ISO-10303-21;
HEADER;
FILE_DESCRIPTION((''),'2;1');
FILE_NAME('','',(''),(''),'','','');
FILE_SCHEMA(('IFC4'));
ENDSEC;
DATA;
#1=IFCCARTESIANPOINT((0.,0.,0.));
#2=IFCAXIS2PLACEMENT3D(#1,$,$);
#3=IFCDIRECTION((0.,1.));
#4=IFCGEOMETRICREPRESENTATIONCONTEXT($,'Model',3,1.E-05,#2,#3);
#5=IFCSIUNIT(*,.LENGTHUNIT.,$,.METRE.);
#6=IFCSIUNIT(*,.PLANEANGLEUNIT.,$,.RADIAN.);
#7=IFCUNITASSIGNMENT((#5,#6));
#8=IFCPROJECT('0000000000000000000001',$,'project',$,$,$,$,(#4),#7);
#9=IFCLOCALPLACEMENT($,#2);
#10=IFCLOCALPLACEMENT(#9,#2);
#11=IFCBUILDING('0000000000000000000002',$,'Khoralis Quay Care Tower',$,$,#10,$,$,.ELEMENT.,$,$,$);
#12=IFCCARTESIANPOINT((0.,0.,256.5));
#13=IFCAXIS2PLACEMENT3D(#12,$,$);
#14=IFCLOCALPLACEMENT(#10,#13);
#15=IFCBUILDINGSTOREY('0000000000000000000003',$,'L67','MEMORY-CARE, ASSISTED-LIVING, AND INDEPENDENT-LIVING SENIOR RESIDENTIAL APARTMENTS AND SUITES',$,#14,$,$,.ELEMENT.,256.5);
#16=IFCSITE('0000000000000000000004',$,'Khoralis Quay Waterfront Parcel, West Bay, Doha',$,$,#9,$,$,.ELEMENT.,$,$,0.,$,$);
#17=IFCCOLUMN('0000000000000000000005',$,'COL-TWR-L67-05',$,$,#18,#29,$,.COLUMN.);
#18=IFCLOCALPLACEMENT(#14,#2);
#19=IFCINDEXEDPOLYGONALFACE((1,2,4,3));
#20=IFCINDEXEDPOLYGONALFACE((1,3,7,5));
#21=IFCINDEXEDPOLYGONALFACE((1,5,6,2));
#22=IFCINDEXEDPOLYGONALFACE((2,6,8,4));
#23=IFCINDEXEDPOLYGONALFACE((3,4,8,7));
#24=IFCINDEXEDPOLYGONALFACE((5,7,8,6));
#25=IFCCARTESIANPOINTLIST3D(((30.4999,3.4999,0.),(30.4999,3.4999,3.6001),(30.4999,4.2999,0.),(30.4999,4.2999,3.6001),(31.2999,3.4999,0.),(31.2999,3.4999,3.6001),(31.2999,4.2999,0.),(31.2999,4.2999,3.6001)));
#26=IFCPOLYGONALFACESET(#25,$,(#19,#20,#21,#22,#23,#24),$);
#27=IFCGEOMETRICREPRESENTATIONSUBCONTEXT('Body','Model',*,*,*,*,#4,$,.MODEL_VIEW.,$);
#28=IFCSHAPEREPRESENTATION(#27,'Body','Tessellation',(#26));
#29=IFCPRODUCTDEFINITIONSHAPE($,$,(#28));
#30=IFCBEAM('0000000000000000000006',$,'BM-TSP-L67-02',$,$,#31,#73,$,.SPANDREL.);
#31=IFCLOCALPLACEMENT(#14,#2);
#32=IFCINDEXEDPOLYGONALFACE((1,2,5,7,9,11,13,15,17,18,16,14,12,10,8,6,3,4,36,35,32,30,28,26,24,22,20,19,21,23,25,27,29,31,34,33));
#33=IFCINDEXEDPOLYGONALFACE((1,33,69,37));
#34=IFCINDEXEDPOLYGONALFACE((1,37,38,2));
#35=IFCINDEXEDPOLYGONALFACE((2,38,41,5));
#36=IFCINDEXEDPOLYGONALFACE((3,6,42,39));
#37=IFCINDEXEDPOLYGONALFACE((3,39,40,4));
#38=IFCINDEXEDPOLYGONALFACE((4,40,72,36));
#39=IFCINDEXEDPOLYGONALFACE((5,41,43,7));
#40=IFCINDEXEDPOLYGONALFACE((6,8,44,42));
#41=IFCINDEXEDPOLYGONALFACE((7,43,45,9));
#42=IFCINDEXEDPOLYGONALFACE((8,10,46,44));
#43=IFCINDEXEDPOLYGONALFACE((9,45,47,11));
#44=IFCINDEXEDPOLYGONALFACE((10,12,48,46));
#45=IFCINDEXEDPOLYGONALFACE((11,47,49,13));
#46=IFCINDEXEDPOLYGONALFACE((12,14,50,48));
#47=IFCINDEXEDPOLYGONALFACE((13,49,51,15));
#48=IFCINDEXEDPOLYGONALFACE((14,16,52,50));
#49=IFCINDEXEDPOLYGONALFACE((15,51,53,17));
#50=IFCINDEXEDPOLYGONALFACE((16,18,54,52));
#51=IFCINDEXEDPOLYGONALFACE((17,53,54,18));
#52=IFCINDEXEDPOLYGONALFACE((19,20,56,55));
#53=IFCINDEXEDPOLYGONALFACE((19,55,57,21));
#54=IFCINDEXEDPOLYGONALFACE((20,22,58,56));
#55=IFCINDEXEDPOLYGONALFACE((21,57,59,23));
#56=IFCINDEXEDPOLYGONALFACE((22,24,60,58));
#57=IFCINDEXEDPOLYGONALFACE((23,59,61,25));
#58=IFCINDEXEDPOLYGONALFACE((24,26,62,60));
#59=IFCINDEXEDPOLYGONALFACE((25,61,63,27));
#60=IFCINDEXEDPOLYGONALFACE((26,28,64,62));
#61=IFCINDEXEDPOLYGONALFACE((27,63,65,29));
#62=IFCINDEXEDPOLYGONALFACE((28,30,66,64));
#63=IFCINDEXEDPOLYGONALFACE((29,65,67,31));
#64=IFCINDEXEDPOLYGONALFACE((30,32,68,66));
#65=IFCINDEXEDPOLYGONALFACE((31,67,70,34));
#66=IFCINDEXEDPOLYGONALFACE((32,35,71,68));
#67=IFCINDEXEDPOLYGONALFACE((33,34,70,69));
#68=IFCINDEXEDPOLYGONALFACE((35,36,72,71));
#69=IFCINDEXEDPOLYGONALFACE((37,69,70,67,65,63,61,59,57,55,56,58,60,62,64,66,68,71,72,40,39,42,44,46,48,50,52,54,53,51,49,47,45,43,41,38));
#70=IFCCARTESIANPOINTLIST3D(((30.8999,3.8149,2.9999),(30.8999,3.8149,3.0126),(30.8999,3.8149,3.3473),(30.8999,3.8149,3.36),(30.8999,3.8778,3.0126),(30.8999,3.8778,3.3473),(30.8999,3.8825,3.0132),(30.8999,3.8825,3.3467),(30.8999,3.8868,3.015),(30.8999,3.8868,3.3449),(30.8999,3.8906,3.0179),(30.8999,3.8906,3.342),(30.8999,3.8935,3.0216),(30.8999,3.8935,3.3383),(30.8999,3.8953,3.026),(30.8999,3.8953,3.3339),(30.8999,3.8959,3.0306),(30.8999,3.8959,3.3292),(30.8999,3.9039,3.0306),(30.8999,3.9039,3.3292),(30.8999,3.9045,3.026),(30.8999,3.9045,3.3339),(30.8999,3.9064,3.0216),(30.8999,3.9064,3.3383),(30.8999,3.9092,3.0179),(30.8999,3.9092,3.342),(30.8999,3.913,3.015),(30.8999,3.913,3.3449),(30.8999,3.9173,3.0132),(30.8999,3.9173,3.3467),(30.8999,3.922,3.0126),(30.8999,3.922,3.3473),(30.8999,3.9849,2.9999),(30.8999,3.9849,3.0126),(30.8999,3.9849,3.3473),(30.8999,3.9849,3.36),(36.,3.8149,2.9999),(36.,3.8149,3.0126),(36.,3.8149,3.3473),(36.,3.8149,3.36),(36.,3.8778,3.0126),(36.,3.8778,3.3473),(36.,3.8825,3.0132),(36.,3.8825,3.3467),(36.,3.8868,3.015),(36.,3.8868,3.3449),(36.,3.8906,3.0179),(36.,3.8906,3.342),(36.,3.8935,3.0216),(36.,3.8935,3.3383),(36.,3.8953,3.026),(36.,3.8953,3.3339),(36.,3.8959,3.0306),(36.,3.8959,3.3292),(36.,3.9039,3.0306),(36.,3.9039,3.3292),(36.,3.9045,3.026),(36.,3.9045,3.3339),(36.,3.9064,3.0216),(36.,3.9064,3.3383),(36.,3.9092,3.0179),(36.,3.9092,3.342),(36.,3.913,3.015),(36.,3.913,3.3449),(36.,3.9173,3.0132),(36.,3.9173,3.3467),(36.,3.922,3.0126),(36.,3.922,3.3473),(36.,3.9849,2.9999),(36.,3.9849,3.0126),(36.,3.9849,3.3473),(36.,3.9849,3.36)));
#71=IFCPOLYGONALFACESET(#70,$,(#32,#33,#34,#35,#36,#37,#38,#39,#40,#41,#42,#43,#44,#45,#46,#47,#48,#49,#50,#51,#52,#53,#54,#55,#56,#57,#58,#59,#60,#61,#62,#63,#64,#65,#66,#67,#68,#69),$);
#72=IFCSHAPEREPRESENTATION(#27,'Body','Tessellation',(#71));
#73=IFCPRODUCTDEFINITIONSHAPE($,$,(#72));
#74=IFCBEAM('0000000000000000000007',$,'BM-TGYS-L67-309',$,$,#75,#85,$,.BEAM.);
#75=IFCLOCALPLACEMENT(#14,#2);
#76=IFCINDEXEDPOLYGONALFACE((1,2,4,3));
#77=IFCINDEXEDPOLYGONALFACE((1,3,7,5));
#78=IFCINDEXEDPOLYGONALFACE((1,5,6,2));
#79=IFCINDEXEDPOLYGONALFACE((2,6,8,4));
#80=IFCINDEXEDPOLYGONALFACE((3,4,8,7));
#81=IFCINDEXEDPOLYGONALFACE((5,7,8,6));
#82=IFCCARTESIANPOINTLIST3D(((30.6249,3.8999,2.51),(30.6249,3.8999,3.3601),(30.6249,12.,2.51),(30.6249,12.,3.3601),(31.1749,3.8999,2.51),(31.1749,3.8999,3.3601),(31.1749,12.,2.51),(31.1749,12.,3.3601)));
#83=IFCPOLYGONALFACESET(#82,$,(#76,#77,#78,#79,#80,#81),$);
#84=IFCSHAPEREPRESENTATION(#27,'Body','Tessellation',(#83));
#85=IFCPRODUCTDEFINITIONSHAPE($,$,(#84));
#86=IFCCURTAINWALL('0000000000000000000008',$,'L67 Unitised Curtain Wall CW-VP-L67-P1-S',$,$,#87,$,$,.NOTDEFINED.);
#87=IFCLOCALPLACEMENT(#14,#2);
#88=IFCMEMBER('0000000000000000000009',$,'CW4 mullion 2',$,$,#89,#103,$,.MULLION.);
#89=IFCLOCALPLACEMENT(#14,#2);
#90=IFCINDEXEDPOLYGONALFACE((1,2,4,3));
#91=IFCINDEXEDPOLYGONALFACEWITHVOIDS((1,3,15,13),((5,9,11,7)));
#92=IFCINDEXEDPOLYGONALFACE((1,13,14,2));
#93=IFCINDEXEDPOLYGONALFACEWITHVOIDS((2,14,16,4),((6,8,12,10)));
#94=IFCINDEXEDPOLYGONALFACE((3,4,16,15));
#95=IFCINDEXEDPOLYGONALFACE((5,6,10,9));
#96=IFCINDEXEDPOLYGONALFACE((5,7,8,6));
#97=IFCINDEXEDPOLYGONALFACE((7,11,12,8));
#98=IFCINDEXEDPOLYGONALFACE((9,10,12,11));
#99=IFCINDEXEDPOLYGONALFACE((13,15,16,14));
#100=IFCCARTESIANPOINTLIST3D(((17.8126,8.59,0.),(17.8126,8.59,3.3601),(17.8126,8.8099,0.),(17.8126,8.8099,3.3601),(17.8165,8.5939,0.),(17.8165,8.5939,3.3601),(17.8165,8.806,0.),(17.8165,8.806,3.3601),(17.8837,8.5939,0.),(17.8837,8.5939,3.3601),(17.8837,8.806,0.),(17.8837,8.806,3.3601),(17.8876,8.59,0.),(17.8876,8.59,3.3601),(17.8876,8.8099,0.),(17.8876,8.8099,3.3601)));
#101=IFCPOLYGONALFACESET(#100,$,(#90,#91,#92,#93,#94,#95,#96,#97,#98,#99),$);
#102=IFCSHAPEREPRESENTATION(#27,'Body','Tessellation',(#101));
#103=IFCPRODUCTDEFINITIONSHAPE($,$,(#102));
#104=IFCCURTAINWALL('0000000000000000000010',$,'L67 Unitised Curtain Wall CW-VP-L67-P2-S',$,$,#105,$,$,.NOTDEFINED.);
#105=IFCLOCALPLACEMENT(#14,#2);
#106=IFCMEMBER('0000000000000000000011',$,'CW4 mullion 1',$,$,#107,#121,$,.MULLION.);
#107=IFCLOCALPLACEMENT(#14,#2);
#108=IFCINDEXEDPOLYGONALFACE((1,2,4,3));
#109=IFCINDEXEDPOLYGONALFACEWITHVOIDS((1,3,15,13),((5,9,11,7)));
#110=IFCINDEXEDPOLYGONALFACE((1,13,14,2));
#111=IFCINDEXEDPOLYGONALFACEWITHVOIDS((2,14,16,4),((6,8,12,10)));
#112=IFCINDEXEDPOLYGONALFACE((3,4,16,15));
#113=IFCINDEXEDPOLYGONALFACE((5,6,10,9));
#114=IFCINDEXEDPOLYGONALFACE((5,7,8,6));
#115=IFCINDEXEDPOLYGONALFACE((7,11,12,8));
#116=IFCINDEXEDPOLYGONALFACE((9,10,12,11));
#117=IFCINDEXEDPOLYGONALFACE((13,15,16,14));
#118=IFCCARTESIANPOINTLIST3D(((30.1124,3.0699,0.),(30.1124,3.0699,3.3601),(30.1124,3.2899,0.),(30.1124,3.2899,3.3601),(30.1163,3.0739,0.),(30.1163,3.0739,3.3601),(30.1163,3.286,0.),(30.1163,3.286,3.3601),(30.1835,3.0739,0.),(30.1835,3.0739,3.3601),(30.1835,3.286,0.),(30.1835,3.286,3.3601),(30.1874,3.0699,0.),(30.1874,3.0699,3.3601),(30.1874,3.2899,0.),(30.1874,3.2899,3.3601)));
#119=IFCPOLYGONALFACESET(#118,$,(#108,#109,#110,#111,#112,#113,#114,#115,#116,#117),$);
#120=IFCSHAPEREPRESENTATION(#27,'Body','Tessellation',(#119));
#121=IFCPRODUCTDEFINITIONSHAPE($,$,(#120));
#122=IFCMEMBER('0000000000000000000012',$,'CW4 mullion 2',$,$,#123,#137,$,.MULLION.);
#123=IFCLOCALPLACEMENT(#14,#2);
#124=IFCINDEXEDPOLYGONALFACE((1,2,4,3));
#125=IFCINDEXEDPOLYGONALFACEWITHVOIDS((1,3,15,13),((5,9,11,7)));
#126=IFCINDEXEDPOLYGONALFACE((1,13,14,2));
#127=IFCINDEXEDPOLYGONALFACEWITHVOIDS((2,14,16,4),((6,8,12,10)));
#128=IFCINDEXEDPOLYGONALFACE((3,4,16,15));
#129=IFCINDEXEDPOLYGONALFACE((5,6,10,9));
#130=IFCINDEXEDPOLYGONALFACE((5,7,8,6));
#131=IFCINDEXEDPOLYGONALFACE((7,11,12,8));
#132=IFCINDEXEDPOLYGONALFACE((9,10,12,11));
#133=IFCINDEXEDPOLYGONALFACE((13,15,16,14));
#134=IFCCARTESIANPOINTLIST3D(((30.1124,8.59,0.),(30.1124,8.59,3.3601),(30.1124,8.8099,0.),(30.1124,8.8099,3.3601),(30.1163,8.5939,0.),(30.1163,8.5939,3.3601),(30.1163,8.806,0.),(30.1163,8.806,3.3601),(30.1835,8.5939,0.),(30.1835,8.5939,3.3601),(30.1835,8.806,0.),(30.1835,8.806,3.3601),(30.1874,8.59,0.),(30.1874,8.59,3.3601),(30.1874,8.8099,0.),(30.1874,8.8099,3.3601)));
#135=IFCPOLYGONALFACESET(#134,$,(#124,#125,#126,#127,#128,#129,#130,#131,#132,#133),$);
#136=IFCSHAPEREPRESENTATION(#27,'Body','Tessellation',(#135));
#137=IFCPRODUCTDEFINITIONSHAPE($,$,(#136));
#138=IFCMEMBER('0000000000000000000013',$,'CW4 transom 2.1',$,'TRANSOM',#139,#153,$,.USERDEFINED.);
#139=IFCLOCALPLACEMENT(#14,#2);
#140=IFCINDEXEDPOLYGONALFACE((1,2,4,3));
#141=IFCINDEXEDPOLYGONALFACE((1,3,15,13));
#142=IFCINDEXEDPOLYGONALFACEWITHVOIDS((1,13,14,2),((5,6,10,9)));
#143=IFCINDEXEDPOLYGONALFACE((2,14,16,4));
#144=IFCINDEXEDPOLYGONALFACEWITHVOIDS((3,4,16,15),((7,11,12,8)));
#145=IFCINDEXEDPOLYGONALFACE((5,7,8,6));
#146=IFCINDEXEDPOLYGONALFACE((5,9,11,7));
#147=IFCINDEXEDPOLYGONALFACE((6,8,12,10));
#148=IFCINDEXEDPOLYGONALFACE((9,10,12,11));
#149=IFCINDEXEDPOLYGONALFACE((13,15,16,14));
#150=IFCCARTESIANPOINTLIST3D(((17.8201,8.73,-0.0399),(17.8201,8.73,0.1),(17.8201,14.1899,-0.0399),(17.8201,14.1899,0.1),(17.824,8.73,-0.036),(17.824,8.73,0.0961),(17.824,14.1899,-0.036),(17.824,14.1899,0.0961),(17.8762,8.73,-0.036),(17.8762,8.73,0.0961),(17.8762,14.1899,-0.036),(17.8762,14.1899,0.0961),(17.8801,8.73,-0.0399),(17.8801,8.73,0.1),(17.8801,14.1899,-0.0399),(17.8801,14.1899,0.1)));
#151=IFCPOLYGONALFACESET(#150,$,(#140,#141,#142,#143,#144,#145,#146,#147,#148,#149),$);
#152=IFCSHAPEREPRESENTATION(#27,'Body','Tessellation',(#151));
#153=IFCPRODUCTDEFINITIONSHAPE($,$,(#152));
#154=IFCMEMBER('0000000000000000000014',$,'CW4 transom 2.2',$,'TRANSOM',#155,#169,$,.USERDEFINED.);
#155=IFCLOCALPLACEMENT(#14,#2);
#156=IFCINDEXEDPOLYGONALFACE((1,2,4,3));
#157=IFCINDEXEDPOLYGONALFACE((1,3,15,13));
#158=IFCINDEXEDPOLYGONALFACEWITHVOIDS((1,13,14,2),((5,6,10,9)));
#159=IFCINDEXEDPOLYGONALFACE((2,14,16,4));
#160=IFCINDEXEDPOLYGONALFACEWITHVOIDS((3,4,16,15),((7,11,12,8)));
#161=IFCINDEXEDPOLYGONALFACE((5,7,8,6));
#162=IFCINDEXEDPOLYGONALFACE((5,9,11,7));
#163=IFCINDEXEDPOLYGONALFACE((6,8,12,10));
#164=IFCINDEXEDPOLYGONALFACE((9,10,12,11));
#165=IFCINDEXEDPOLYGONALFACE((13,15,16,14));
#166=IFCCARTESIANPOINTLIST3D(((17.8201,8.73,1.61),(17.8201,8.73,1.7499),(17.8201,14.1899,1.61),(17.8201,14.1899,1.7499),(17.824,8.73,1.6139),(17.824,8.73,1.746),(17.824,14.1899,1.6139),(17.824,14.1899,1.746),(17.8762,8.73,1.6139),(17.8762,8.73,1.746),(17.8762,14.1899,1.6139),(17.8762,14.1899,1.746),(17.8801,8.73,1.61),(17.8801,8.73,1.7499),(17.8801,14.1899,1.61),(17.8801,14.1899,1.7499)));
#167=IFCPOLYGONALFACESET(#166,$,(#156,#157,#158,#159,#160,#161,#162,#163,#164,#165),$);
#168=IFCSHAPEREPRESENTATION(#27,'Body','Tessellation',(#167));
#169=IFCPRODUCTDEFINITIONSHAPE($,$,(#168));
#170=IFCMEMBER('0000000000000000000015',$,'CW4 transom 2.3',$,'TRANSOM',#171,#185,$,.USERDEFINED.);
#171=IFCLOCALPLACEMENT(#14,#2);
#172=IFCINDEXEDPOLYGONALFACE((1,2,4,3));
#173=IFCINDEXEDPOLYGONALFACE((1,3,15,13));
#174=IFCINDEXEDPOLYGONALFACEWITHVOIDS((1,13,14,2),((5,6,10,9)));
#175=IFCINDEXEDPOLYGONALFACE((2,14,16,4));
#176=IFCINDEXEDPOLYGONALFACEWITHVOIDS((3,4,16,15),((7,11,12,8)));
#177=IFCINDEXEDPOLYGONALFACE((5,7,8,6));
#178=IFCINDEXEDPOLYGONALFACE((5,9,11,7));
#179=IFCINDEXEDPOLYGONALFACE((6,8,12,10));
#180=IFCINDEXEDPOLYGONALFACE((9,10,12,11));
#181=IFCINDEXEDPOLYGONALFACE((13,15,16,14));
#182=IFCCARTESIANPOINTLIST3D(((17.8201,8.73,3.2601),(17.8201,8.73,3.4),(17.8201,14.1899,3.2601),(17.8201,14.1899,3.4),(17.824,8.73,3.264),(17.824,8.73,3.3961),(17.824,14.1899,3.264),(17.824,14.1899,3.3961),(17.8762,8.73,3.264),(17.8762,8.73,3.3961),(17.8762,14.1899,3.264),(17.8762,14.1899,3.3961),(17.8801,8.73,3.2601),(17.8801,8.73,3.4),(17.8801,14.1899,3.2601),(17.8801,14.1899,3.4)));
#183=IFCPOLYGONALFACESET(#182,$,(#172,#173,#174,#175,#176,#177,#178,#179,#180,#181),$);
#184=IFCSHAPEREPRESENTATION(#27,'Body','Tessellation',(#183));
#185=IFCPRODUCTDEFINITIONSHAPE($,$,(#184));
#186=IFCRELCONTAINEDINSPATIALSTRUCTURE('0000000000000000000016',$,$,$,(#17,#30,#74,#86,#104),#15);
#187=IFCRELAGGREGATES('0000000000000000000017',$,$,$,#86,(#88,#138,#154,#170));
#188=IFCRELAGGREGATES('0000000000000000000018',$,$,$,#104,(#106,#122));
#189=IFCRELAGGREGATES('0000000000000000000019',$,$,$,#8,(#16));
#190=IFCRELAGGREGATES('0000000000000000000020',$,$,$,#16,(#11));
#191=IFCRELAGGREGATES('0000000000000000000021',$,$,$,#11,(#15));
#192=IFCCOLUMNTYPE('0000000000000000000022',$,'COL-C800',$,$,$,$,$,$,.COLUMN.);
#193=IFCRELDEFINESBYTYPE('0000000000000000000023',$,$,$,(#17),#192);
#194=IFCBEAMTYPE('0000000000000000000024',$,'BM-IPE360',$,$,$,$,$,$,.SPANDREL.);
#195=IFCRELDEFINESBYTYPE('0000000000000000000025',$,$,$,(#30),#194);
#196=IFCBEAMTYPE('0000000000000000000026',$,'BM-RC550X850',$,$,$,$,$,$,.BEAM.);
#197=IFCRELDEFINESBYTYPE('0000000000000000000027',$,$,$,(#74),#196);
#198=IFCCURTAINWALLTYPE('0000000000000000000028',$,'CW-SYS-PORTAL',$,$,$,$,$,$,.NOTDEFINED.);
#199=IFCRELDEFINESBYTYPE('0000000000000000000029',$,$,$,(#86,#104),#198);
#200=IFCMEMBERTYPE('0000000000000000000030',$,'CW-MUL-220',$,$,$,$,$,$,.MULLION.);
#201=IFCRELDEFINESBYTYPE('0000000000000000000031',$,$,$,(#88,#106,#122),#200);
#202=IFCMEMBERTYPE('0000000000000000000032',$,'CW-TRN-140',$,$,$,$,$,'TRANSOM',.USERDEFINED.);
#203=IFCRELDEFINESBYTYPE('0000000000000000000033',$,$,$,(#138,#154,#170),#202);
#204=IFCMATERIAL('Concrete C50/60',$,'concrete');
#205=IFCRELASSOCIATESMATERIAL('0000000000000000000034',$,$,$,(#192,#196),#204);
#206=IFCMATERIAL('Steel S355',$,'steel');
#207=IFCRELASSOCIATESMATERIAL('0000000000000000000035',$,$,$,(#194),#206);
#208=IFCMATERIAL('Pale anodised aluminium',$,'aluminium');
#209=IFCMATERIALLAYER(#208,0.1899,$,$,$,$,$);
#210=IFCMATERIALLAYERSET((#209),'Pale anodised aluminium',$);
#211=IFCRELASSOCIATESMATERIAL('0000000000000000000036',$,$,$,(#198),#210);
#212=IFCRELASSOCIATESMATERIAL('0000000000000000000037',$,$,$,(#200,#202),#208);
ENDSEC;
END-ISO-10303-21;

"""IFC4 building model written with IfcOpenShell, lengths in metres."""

from ifc_helpers import new_model, si_unit, direction, frame, origin, origin_2d, place, context, subcontext, project, spatial, rectangle, hollow_rectangle, i_section, extrude, source, transform, mapped, material, layer, layer_set, material_profile, profile_set, type_object, element, aggregate, save


model = new_model("IFC4")

# Units and contexts
model_context = context("Model", 3, precision=1e-05, world=origin(), true_north=direction((0.0, 1.0)))
body_context = subcontext(model_context, "Body", "Model", "MODEL_VIEW")
ifc_project = project(units=[si_unit("LENGTHUNIT", "METRE"), si_unit("PLANEANGLEUNIT", "RADIAN")], contexts=[model_context])

# Site, building, storey
site_placement = place(None, origin())
site = spatial("IfcSite", under=ifc_project, at=site_placement, Name="Khoralis Quay Waterfront Parcel, West Bay, Doha", CompositionType="ELEMENT", RefElevation=0.0)
building_placement = place(site_placement, origin())
building = spatial("IfcBuilding", under=site, at=building_placement, Name="Khoralis Quay Care Tower", CompositionType="ELEMENT")
storey_placement = place(building_placement, frame((0.0, 0.0, 256.5)))
storey = spatial("IfcBuildingStorey", under=building, at=storey_placement, Name="L67", Description="MEMORY-CARE, ASSISTED-LIVING, AND INDEPENDENT-LIVING SENIOR RESIDENTIAL APARTMENTS AND SUITES", CompositionType="ELEMENT", Elevation=256.5)

# Column
ifc_material_1 = material(Name="Concrete C50/60", Category="concrete")
ifc_material_profile_1 = material_profile(ifc_material_1, rectangle(XDim=0.8, YDim=0.8, at=origin_2d()), Name="Concrete C50/60")
ifc_profile_set_1 = profile_set([ifc_material_profile_1], Name="Concrete C50/60")
column_type = type_object("IfcColumnType", Name="COL-C800", PredefinedType="COLUMN", material=ifc_profile_set_1)
shared_shape_1 = source(origin(), body_context, "Body", "SweptSolid", [
    extrude(rectangle(XDim=0.8, YDim=0.8, at=origin_2d()), origin(), (0.0, 0.0, 1.0), 3.6001),
])
column_placement = place(storey_placement, frame((30.8999, 3.8999, 0.0), z_axis=(0.0, 0.0, 1.0), x_axis=(1.0, 0.0, 0.0)))
element("IfcColumn", 1, at=column_placement, inside=storey, type_object=column_type, Name="COL-TWR-L67-05", PredefinedType="COLUMN", context=body_context, shape_type="MappedRepresentation", body=[
    mapped(shared_shape_1, transform((0.0, 0.0, 0.0), scale=1.0)),
])

# Beams
ifc_material_2 = material(Name="Steel S355", Category="steel")
ifc_material_profile_2 = material_profile(ifc_material_2, i_section(OverallWidth=0.1699, OverallDepth=0.3601, WebThickness=0.0081, FlangeThickness=0.0127, FilletRadius=0.0181, at=origin_2d()), Name="Steel S355")
ifc_profile_set_2 = profile_set([ifc_material_profile_2], Name="Steel S355")
beam_type_1 = type_object("IfcBeamType", Name="BM-IPE360", PredefinedType="SPANDREL", material=ifc_profile_set_2)
shared_shape_2 = source(origin(), body_context, "Body", "SweptSolid", [
    extrude(i_section(OverallWidth=0.1699, OverallDepth=0.3601, WebThickness=0.0081, FlangeThickness=0.0127, FilletRadius=0.0181, at=origin_2d()), origin(), (0.0, 0.0, 1.0), 5.1001),
])
beam_1_placement = place(storey_placement, frame((30.8999, 3.8999, 3.1799), z_axis=(1.0, 0.0, 0.0), x_axis=(0.0, 1.0, 0.0)))
element("IfcBeam", 2, at=beam_1_placement, inside=storey, type_object=beam_type_1, Name="BM-TSP-L67-02", PredefinedType="SPANDREL", context=body_context, shape_type="MappedRepresentation", body=[
    mapped(shared_shape_2, transform((0.0, 0.0, 0.0), scale=1.0)),
])
ifc_material_profile_3 = material_profile(ifc_material_1, rectangle(XDim=0.55, YDim=0.8501, at=origin_2d()), Name="Concrete C50/60")
ifc_profile_set_3 = profile_set([ifc_material_profile_3], Name="Concrete C50/60")
beam_type_2 = type_object("IfcBeamType", Name="BM-RC550X850", PredefinedType="BEAM", material=ifc_profile_set_3)
shared_shape_3 = source(origin(), body_context, "Body", "SweptSolid", [
    extrude(rectangle(XDim=0.55, YDim=0.8501, at=origin_2d()), origin(), (0.0, 0.0, 1.0), 8.1001),
])
beam_2_placement = place(storey_placement, frame((30.8999, 3.8999, 2.9351), z_axis=(0.0, 1.0, 0.0), x_axis=(-1.0, 0.0, 0.0)))
element("IfcBeam", 3, at=beam_2_placement, inside=storey, type_object=beam_type_2, Name="BM-TGYS-L67-309", PredefinedType="BEAM", context=body_context, shape_type="MappedRepresentation", body=[
    mapped(shared_shape_3, transform((0.0, 0.0, 0.0), scale=1.0)),
])

# Curtain wall, member
ifc_material_3 = material(Name="Pale anodised aluminium", Category="aluminium")
ifc_layer_1 = layer(ifc_material_3, 0.1899)
ifc_layer_set_1 = layer_set([ifc_layer_1], Name="Pale anodised aluminium")
curtain_wall_type = type_object("IfcCurtainWallType", Name="CW-SYS-PORTAL", PredefinedType="NOTDEFINED", material=ifc_layer_set_1)
curtain_wall_1_placement = place(storey_placement, origin())
curtain_wall_1 = element("IfcCurtainWall", 4, at=curtain_wall_1_placement, inside=storey, type_object=curtain_wall_type, Name="L67 Unitised Curtain Wall CW-VP-L67-P1-S", PredefinedType="NOTDEFINED")
ifc_material_profile_4 = material_profile(ifc_material_3, hollow_rectangle(XDim=0.075, YDim=0.22, WallThickness=0.0039, at=origin_2d()), Name="Pale anodised aluminium")
ifc_profile_set_4 = profile_set([ifc_material_profile_4], Name="Pale anodised aluminium")
member_type_1 = type_object("IfcMemberType", Name="CW-MUL-220", PredefinedType="MULLION", material=ifc_profile_set_4)
shared_shape_4 = source(origin(), body_context, "Body", "SweptSolid", [
    extrude(hollow_rectangle(XDim=0.075, YDim=0.22, WallThickness=0.0039, at=origin_2d()), origin(), (0.0, 0.0, 1.0), 3.3601),
])
member_1_placement = place(storey_placement, frame((17.8501, 8.7, 0.0), z_axis=(0.0, 0.0, 1.0), x_axis=(-1.0, 0.0, 0.0)))
member_1 = element("IfcMember", 5, at=member_1_placement, type_object=member_type_1, Name="CW4 mullion 2", PredefinedType="MULLION", context=body_context, shape_type="MappedRepresentation", body=[
    mapped(shared_shape_4, transform((0.0, 0.0, 0.0), scale=1.0)),
])

# Curtain wall, members
curtain_wall_2_placement = place(storey_placement, origin())
curtain_wall_2 = element("IfcCurtainWall", 6, at=curtain_wall_2_placement, inside=storey, type_object=curtain_wall_type, Name="L67 Unitised Curtain Wall CW-VP-L67-P2-S", PredefinedType="NOTDEFINED")
member_2_placement = place(storey_placement, frame((30.1499, 3.1799, 0.0), z_axis=(0.0, 0.0, 1.0), x_axis=(-1.0, 0.0, 0.0)))
member_2 = element("IfcMember", 7, at=member_2_placement, type_object=member_type_1, Name="CW4 mullion 1", PredefinedType="MULLION", context=body_context, shape_type="MappedRepresentation", body=[
    mapped(shared_shape_4, transform((0.0, 0.0, 0.0), scale=1.0)),
])
member_3_placement = place(storey_placement, frame((30.1499, 8.7, 0.0), z_axis=(0.0, 0.0, 1.0), x_axis=(-1.0, 0.0, 0.0)))
member_3 = element("IfcMember", 8, at=member_3_placement, type_object=member_type_1, Name="CW4 mullion 2", PredefinedType="MULLION", context=body_context, shape_type="MappedRepresentation", body=[
    mapped(shared_shape_4, transform((0.0, 0.0, 0.0), scale=1.0)),
])

# Members
ifc_material_profile_5 = material_profile(ifc_material_3, hollow_rectangle(XDim=0.0601, YDim=0.1399, WallThickness=0.0039, at=origin_2d()), Name="Pale anodised aluminium")
ifc_profile_set_5 = profile_set([ifc_material_profile_5], Name="Pale anodised aluminium")
member_type_2 = type_object("IfcMemberType", Name="CW-TRN-140", ElementType="TRANSOM", PredefinedType="USERDEFINED", material=ifc_profile_set_5)
shared_shape_5 = source(origin(), body_context, "Body", "SweptSolid", [
    extrude(hollow_rectangle(XDim=0.0601, YDim=0.1399, WallThickness=0.0039, at=origin_2d()), origin(), (0.0, 0.0, 1.0), 5.46),
])
member_4_placement = place(storey_placement, frame((17.8501, 8.73, 0.03), z_axis=(0.0, 1.0, 0.0), x_axis=(-1.0, 0.0, 0.0)))
member_4 = element("IfcMember", 9, at=member_4_placement, type_object=member_type_2, Name="CW4 transom 2.1", ObjectType="TRANSOM", PredefinedType="USERDEFINED", context=body_context, shape_type="MappedRepresentation", body=[
    mapped(shared_shape_5, transform((0.0, 0.0, 0.0), scale=1.0)),
])
member_5_placement = place(storey_placement, frame((17.8501, 8.73, 1.6799), z_axis=(0.0, 1.0, 0.0), x_axis=(-1.0, 0.0, 0.0)))
member_5 = element("IfcMember", 10, at=member_5_placement, type_object=member_type_2, Name="CW4 transom 2.2", ObjectType="TRANSOM", PredefinedType="USERDEFINED", context=body_context, shape_type="MappedRepresentation", body=[
    mapped(shared_shape_5, transform((0.0, 0.0, 0.0), scale=1.0)),
])
member_6_placement = place(storey_placement, frame((17.8501, 8.73, 3.3301), z_axis=(0.0, 1.0, 0.0), x_axis=(-1.0, 0.0, 0.0)))
member_6 = element("IfcMember", 11, at=member_6_placement, type_object=member_type_2, Name="CW4 transom 2.3", ObjectType="TRANSOM", PredefinedType="USERDEFINED", context=body_context, shape_type="MappedRepresentation", body=[
    mapped(shared_shape_5, transform((0.0, 0.0, 0.0), scale=1.0)),
])

aggregate(curtain_wall_1, [member_1, member_4, member_5, member_6])
aggregate(curtain_wall_2, [member_2, member_3])

save(model, "model.ifc")
